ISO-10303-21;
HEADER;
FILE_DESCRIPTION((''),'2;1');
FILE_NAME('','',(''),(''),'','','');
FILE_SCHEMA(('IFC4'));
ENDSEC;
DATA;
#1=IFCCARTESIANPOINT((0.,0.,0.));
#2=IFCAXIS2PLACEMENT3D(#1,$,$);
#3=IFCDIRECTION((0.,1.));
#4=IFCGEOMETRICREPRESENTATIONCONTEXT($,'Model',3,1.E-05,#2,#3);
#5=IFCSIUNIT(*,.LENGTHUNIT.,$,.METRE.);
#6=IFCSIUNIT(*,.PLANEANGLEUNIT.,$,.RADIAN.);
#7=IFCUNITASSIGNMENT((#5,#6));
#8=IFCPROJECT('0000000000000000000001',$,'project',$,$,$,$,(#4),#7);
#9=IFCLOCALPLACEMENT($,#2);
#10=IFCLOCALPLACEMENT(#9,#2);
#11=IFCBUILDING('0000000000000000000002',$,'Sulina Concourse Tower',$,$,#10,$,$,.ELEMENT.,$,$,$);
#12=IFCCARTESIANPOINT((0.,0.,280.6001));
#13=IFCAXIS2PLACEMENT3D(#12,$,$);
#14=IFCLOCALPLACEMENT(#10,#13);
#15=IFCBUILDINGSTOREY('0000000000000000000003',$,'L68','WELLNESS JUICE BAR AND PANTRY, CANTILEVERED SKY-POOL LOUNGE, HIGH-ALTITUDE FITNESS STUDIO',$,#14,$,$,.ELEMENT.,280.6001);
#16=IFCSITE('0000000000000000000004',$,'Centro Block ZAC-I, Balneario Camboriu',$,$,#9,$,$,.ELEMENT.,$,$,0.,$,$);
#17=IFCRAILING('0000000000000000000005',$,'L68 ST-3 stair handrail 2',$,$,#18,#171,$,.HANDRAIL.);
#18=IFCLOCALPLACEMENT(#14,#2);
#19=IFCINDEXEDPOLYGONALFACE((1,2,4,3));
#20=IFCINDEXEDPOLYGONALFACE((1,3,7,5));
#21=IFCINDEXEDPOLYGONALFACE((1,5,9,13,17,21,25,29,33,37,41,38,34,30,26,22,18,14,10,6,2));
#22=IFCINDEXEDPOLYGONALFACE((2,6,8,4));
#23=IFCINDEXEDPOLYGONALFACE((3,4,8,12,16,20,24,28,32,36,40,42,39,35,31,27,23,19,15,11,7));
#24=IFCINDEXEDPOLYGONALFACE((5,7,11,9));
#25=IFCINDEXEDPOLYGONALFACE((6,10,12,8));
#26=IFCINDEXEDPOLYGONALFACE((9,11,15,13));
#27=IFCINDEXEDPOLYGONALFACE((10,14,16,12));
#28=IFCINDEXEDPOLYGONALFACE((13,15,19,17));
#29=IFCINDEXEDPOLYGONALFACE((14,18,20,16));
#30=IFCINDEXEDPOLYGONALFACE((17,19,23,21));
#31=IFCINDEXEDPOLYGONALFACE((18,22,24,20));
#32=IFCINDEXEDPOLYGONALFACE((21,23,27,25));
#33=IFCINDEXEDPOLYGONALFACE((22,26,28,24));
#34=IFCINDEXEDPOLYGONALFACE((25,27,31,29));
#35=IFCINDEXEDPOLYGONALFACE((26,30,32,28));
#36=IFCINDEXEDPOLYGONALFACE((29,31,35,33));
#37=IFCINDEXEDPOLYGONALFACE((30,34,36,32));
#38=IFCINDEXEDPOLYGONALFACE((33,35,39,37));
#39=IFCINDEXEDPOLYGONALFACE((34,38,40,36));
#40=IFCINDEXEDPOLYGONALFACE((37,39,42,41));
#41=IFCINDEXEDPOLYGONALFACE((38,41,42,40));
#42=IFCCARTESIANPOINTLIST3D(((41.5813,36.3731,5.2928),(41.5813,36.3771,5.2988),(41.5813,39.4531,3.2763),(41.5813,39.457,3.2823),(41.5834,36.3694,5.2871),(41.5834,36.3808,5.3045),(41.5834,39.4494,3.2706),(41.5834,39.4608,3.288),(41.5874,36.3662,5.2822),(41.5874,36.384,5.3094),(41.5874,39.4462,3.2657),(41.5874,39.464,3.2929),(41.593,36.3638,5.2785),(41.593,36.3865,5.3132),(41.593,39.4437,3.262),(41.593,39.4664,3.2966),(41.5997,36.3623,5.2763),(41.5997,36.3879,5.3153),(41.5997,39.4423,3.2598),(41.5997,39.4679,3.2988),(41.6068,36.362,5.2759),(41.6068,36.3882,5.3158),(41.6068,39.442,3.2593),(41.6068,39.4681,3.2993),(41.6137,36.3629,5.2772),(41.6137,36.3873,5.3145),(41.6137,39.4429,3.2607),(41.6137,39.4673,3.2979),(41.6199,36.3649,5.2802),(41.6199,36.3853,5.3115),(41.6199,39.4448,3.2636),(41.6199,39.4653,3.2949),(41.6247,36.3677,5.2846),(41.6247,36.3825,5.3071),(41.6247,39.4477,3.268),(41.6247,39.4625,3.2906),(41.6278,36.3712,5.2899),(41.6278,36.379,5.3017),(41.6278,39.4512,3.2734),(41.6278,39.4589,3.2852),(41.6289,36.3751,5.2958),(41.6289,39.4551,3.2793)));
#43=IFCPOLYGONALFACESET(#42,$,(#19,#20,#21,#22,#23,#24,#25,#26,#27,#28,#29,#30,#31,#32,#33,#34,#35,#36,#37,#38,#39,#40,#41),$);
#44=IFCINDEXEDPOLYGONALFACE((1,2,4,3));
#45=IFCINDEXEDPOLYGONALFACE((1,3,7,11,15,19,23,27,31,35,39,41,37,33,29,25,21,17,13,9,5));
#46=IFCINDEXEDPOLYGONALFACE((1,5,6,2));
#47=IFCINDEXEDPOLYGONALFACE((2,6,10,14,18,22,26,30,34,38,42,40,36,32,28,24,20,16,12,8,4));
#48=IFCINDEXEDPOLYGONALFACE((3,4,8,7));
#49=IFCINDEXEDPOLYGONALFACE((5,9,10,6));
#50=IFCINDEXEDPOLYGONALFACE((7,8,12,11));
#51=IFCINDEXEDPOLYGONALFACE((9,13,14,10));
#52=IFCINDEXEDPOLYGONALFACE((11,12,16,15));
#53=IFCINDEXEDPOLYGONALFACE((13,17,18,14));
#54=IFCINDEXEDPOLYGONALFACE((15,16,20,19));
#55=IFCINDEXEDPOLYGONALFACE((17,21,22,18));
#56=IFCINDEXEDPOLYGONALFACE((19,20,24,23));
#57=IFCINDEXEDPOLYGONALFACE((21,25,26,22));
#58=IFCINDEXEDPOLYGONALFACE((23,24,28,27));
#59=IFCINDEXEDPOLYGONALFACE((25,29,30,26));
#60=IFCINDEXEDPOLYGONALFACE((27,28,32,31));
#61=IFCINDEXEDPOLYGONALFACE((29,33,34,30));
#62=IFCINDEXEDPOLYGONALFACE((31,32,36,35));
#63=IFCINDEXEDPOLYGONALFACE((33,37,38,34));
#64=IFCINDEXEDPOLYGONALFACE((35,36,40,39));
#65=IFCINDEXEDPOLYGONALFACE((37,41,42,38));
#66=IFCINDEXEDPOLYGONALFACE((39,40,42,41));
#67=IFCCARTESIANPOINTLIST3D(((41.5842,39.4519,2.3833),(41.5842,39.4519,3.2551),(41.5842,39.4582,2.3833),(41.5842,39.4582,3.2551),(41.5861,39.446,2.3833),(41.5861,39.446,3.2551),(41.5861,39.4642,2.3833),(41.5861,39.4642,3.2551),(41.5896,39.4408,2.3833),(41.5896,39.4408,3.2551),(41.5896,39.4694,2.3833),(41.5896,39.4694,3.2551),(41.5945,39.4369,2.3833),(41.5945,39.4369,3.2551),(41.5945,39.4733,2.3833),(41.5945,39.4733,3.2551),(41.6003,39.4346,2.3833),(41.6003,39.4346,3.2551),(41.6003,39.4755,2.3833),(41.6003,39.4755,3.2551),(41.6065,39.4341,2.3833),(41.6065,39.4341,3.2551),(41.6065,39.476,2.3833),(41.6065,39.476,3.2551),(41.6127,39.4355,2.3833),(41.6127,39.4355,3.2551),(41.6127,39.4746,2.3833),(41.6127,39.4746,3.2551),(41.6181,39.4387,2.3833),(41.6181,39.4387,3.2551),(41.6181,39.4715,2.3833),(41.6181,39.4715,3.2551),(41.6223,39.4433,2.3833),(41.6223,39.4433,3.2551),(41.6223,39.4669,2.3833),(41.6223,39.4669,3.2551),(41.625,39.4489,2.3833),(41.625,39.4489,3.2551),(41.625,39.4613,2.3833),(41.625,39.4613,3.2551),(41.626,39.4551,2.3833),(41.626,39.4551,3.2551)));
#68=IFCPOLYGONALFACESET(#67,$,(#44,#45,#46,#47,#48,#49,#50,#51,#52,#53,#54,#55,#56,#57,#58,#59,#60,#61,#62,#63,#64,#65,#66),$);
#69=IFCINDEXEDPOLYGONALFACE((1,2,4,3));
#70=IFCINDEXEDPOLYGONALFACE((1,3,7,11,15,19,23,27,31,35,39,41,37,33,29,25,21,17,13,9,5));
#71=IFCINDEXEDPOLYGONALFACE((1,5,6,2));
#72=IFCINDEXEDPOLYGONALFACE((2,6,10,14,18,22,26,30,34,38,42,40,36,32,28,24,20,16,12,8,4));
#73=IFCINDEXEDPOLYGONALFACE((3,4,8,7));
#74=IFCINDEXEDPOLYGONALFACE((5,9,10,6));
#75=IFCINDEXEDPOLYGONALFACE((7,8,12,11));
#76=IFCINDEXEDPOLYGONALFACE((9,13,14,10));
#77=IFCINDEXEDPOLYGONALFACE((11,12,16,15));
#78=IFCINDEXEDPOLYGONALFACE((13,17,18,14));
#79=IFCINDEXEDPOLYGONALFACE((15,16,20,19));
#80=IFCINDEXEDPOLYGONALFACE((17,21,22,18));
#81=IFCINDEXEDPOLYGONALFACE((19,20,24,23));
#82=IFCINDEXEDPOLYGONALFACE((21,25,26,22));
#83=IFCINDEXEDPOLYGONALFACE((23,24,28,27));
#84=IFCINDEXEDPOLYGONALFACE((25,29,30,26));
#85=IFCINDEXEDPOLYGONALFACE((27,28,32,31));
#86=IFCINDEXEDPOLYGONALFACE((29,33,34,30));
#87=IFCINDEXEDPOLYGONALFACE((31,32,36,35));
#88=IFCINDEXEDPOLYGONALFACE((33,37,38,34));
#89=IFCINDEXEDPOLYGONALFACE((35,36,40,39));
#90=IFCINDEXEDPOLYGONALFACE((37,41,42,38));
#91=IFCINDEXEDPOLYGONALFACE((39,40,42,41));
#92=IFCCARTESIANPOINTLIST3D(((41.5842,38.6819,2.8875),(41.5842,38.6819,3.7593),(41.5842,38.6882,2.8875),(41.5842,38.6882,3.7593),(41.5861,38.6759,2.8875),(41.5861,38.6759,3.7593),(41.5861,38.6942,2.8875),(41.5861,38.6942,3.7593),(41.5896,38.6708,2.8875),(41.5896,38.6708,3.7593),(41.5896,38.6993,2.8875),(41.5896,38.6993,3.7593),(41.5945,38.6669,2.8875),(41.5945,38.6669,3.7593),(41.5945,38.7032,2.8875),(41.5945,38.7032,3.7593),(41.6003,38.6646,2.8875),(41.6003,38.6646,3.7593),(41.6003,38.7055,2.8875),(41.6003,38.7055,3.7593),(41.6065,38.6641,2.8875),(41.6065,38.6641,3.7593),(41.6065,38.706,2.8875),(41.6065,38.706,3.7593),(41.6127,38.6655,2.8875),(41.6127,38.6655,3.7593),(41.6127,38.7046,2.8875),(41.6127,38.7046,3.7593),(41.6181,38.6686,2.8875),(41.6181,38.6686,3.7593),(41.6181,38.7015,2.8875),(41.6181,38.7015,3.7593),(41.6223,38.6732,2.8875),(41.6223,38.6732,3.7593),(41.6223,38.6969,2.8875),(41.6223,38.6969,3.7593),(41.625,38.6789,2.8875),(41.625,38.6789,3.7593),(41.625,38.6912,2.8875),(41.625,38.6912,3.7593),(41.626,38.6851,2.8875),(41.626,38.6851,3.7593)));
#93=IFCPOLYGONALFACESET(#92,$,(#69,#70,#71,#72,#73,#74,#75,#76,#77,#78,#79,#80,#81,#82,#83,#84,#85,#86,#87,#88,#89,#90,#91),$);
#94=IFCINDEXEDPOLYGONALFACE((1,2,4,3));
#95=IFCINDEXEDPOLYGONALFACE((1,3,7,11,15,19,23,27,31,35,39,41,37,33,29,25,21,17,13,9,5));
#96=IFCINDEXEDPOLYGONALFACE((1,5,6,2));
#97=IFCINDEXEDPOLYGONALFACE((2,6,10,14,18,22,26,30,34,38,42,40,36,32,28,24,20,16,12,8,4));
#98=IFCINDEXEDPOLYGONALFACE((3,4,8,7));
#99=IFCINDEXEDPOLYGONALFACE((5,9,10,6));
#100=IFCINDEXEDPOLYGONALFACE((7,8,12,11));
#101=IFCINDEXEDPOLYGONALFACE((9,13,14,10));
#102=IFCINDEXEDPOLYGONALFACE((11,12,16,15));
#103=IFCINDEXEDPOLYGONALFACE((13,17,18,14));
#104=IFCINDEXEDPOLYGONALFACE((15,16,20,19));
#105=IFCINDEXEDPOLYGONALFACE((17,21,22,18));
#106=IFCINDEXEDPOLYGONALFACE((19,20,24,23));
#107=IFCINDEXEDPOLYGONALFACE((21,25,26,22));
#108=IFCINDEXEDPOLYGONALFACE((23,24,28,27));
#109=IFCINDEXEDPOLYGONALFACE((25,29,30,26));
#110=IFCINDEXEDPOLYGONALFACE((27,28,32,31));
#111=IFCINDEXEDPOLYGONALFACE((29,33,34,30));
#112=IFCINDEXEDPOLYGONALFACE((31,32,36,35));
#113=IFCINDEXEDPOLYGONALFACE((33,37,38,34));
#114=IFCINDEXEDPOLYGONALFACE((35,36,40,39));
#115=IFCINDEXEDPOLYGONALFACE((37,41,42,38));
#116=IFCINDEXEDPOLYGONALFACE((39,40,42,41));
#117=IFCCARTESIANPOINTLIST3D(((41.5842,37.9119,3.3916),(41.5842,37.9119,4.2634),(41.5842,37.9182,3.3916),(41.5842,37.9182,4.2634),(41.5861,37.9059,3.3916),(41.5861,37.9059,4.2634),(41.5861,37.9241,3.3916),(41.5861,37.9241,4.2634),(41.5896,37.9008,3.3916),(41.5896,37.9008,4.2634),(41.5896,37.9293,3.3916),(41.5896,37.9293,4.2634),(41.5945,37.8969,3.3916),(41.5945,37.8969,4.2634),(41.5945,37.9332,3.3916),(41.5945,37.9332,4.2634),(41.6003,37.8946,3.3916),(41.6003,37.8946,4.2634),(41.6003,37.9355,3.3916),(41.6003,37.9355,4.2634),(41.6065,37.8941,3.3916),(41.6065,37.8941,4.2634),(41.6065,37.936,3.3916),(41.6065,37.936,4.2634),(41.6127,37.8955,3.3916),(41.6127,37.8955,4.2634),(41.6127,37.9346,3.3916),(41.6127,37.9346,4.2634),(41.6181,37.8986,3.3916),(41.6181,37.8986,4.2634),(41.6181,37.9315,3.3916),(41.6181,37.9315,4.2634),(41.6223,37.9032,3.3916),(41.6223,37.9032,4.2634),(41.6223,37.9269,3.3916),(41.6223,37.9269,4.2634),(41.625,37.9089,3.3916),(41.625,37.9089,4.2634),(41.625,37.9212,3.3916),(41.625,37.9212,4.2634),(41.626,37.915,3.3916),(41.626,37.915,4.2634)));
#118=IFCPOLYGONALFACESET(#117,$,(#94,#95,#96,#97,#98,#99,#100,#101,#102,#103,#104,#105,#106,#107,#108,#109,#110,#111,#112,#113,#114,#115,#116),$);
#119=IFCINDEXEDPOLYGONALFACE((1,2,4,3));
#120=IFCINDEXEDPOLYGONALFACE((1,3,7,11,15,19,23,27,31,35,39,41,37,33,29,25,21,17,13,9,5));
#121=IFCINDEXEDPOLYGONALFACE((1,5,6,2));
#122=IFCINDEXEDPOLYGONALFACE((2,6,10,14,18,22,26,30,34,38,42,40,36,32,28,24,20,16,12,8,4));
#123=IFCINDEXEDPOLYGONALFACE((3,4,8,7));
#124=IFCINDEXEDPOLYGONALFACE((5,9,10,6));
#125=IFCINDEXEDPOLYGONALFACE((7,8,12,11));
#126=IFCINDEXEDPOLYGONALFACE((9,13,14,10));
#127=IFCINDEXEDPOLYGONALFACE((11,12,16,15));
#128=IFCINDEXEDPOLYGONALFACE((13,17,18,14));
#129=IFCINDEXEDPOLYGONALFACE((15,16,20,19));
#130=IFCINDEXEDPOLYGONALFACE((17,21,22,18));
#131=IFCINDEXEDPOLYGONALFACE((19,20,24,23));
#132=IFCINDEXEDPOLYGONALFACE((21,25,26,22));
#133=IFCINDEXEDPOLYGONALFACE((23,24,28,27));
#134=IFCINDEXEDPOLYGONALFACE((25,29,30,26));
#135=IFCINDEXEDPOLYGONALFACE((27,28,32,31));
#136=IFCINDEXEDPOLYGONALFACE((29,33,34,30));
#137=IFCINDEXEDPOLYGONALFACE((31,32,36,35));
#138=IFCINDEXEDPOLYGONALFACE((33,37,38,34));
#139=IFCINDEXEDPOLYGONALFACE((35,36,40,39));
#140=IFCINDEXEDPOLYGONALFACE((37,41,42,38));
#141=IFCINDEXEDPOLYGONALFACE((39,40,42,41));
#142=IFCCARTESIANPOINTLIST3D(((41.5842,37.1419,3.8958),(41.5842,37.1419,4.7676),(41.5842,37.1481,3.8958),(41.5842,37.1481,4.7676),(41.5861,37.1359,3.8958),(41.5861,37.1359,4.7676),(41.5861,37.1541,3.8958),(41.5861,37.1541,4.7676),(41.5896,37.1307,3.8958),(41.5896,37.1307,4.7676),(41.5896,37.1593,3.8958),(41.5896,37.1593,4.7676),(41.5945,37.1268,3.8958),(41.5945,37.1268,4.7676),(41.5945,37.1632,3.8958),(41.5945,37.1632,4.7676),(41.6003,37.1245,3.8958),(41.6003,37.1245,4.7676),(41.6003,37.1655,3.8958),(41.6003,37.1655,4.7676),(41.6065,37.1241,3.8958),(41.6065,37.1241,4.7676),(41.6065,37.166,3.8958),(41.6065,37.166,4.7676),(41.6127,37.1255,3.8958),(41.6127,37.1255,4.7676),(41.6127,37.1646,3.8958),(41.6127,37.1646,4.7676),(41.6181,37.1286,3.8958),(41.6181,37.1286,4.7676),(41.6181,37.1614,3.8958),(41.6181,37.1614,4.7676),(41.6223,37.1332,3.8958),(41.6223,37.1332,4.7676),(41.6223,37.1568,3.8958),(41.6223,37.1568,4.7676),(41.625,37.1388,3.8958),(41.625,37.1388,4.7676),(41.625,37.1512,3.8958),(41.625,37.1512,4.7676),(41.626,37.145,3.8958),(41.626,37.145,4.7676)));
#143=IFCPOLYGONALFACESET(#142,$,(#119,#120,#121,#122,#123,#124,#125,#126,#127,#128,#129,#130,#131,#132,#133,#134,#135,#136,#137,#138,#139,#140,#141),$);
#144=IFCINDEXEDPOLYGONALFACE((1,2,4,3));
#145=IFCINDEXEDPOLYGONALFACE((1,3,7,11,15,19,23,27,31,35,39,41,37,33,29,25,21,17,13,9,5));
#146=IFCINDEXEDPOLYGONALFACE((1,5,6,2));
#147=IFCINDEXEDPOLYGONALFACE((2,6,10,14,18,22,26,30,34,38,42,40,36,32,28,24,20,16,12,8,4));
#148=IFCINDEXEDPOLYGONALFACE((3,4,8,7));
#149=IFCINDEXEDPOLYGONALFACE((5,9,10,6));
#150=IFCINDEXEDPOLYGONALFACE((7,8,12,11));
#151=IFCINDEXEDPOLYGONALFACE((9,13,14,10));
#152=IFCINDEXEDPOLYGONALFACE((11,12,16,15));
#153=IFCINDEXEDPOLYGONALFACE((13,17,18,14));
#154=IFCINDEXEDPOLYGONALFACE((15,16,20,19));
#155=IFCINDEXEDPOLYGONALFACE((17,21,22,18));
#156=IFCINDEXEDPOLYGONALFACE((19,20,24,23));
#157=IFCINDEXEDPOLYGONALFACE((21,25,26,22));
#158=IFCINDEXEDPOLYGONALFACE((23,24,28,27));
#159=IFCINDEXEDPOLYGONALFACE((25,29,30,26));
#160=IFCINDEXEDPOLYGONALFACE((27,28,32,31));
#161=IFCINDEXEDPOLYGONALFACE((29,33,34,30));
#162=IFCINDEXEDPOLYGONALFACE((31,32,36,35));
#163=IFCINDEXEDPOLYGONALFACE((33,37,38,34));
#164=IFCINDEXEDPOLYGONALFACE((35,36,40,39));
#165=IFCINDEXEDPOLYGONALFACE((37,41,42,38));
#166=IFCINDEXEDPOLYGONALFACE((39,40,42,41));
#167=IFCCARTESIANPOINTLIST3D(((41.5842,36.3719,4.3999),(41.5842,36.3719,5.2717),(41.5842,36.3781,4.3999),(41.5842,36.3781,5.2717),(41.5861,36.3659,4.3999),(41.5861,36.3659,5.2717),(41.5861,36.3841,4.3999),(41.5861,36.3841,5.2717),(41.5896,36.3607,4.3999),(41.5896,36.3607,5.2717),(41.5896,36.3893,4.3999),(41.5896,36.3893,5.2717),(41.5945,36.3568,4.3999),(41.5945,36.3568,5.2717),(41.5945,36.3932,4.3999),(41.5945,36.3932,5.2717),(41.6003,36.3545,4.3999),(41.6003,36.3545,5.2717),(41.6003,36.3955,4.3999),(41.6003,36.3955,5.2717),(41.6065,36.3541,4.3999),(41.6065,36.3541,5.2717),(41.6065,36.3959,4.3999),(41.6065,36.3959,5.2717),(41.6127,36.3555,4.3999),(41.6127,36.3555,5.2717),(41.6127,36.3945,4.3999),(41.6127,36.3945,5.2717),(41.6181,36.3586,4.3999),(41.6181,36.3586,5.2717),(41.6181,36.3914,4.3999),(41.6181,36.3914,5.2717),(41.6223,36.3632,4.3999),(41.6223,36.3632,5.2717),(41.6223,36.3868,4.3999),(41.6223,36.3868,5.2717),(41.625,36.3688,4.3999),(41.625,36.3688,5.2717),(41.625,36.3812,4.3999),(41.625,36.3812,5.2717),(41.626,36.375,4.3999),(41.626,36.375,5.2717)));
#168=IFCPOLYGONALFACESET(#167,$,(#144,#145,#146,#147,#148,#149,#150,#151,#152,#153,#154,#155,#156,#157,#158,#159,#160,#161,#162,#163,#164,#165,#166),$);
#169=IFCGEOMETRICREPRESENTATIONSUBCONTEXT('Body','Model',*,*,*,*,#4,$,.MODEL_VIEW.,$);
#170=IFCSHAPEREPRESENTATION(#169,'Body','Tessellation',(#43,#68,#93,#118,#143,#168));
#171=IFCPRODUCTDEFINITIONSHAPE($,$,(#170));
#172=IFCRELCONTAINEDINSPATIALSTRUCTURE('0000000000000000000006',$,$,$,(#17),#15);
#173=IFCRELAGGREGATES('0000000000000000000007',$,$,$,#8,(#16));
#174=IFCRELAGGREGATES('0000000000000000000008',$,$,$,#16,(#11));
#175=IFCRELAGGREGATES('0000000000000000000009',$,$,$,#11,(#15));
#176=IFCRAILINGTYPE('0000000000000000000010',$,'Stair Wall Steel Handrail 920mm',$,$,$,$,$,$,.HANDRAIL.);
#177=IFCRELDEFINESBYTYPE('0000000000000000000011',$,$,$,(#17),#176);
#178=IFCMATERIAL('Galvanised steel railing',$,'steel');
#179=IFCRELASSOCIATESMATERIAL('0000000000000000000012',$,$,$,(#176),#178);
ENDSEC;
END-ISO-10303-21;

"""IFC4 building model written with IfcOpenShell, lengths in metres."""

from ifc_helpers import new_model, si_unit, direction, frame, origin, origin_2d, place, context, subcontext, project, spatial, circle, extrude, material, type_object, element, save


model = new_model("IFC4")

# Units and contexts
model_context = context("Model", 3, precision=1e-05, world=origin(), true_north=direction((0.0, 1.0)))
body_context = subcontext(model_context, "Body", "Model", "MODEL_VIEW")
ifc_project = project(units=[si_unit("LENGTHUNIT", "METRE"), si_unit("PLANEANGLEUNIT", "RADIAN")], contexts=[model_context])

# Site, building, storey
site_placement = place(None, origin())
site = spatial("IfcSite", under=ifc_project, at=site_placement, Name="Centro Block ZAC-I, Balneario Camboriu", CompositionType="ELEMENT", RefElevation=0.0)
building_placement = place(site_placement, origin())
building = spatial("IfcBuilding", under=site, at=building_placement, Name="Sulina Concourse Tower", CompositionType="ELEMENT")
storey_placement = place(building_placement, frame((0.0, 0.0, 280.6001)))
storey = spatial("IfcBuildingStorey", under=building, at=storey_placement, Name="L68", Description="WELLNESS JUICE BAR AND PANTRY, CANTILEVERED SKY-POOL LOUNGE, HIGH-ALTITUDE FITNESS STUDIO", CompositionType="ELEMENT", Elevation=280.6001)

# Railing
ifc_material_1 = material(Name="Galvanised steel railing", Category="steel")
railing_type_1 = type_object("IfcRailingType", Name="Stair Wall Steel Handrail 920mm", PredefinedType="HANDRAIL", material=ifc_material_1)
railing_1_placement = place(storey_placement, frame((41.605, 39.4551, 2.3833)))
element("IfcRailing", 1, at=railing_1_placement, inside=storey, type_object=railing_type_1, Name="L68 ST-3 stair handrail 2", PredefinedType="HANDRAIL", context=body_context, shape_type="SweptSolid", body=[
    extrude(circle(Radius=0.0239, at=origin_2d()), frame((0.0, 0.0, 0.896), z_axis=(0.0, -0.836633, 0.547764), x_axis=(1.0, 0.0, 0.0)), (0.0, 0.0, 1.0), 3.6814),
    extrude(circle(Radius=0.021, at=origin_2d()), origin(), (0.0, 0.0, 1.0), 0.8718),
    extrude(circle(Radius=0.021, at=origin_2d()), frame((0.0, -0.77, 0.5042)), (0.0, 0.0, 1.0), 0.8718),
    extrude(circle(Radius=0.021, at=origin_2d()), frame((0.0, -1.54, 1.0083)), (0.0, 0.0, 1.0), 0.8718),
    extrude(circle(Radius=0.021, at=origin_2d()), frame((0.0, -2.3101, 1.5125)), (0.0, 0.0, 1.0), 0.8718),
    extrude(circle(Radius=0.021, at=origin_2d()), frame((0.0, -3.0801, 2.0166)), (0.0, 0.0, 1.0), 0.8718),
])

save(model, "model.ifc")
